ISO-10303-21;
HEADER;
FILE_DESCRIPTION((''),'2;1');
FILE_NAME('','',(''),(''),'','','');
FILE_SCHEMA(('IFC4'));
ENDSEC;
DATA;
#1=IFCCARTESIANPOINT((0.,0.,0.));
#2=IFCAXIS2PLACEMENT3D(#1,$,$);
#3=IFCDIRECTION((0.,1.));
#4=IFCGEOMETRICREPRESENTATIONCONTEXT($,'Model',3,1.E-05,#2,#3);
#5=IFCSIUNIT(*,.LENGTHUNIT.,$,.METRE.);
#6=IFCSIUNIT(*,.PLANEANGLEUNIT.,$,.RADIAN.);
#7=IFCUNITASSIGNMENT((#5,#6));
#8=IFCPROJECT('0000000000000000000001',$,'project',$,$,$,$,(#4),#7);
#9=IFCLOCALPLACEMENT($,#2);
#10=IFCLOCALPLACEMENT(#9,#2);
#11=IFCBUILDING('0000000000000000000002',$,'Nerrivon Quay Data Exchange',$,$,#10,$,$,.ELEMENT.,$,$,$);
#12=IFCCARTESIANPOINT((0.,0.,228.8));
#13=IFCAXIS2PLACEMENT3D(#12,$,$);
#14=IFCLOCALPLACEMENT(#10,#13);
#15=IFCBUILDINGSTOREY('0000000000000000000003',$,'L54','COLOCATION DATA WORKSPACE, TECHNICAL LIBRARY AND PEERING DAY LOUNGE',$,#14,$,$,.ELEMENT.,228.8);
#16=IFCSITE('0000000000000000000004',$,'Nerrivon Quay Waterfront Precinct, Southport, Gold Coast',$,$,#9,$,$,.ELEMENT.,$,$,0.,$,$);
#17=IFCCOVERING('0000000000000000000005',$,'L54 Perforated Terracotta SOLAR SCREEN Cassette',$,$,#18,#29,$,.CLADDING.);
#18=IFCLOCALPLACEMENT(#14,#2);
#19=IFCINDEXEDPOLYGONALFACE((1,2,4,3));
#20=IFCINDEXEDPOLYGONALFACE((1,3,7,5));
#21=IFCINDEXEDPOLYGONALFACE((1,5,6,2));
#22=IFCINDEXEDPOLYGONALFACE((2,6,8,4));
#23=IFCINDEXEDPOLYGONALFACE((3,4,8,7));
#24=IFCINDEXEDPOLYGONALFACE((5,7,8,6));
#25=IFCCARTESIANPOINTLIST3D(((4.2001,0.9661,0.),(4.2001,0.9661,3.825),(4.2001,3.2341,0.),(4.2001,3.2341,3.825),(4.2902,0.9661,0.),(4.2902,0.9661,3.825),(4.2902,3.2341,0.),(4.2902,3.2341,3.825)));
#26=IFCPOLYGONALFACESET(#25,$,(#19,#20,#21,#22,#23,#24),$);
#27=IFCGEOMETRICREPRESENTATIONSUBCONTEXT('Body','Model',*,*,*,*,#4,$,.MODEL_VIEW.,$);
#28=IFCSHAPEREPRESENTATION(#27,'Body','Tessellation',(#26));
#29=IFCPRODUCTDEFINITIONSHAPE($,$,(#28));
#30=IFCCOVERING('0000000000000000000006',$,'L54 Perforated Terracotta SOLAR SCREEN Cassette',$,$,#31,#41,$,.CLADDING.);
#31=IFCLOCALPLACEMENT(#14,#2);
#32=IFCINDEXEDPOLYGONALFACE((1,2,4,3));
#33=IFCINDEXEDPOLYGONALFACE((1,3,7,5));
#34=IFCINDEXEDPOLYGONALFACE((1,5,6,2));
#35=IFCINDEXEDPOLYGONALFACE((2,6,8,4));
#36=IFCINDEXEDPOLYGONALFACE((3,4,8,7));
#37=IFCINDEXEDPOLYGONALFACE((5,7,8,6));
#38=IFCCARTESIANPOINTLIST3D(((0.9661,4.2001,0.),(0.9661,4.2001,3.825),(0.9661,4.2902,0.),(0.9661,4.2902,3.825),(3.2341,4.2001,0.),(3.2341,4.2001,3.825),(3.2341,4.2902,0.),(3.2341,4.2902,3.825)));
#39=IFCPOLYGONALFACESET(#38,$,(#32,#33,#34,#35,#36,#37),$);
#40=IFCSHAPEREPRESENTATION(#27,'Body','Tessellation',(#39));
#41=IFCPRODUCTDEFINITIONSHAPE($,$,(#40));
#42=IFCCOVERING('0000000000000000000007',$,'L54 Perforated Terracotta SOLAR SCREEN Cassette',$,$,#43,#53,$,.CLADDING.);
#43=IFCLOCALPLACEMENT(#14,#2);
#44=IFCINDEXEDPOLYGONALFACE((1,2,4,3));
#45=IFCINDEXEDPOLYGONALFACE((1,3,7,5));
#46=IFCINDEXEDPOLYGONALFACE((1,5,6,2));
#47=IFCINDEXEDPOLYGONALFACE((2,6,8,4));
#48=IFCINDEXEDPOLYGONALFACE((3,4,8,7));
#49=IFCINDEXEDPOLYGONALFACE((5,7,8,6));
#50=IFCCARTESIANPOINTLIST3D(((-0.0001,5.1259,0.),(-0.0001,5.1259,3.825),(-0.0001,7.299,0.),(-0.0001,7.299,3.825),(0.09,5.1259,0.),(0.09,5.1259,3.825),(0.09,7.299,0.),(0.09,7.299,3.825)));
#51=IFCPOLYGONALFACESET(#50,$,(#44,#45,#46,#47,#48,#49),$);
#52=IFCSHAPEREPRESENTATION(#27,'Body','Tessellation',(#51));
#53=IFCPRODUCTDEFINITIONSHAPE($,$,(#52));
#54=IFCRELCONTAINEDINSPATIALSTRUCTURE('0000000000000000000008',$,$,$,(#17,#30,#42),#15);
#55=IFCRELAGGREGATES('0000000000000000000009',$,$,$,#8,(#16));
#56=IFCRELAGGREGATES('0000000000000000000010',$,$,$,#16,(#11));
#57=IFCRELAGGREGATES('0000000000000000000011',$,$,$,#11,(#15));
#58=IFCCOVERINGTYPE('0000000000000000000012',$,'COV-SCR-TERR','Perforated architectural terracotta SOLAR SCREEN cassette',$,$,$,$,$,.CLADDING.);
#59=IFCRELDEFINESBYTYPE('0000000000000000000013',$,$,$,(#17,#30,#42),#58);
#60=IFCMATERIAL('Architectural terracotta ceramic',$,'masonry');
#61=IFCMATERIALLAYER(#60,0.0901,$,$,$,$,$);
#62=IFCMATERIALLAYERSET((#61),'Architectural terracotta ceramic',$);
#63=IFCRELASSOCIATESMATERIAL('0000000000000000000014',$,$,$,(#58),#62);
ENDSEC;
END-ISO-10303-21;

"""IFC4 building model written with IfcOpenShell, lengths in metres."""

from ifc_helpers import new_model, si_unit, direction, frame, origin, origin_2d, place, context, subcontext, project, spatial, rectangle, extrude, material, layer, layer_set, type_object, element, save


model = new_model("IFC4")

# Units and contexts
model_context = context("Model", 3, precision=1e-05, world=origin(), true_north=direction((0.0, 1.0)))
body_context = subcontext(model_context, "Body", "Model", "MODEL_VIEW")
ifc_project = project(units=[si_unit("LENGTHUNIT", "METRE"), si_unit("PLANEANGLEUNIT", "RADIAN")], contexts=[model_context])

# Site, building, storey
site_placement = place(None, origin())
site = spatial("IfcSite", under=ifc_project, at=site_placement, Name="Nerrivon Quay Waterfront Precinct, Southport, Gold Coast", CompositionType="ELEMENT", RefElevation=0.0)
building_placement = place(site_placement, origin())
building = spatial("IfcBuilding", under=site, at=building_placement, Name="Nerrivon Quay Data Exchange", CompositionType="ELEMENT")
storey_placement = place(building_placement, frame((0.0, 0.0, 228.8)))
storey = spatial("IfcBuildingStorey", under=building, at=storey_placement, Name="L54", Description="COLOCATION DATA WORKSPACE, TECHNICAL LIBRARY AND PEERING DAY LOUNGE", CompositionType="ELEMENT", Elevation=228.8)

# Coverings
ifc_material_1 = material(Name="Architectural terracotta ceramic", Category="masonry")
ifc_layer_1 = layer(ifc_material_1, 0.0901)
ifc_layer_set_1 = layer_set([ifc_layer_1], Name="Architectural terracotta ceramic")
covering_type = type_object("IfcCoveringType", Name="COV-SCR-TERR", Description="Perforated architectural terracotta SOLAR SCREEN cassette", PredefinedType="CLADDING", material=ifc_layer_set_1)
for number, where, z_axis, x_axis, name in (
    (1, (4.2451, 2.1001, 0.0), (0.0, 0.0, 1.0), (0.0, 1.0, 0.0), "L54 Perforated Terracotta SOLAR SCREEN Cassette"),
    (2, (2.1001, 4.2451, 0.0), (0.0, 0.0, 1.0), (-1.0, 0.0, 0.0), "L54 Perforated Terracotta SOLAR SCREEN Cassette"),
):
    element("IfcCovering", number, at=place(storey_placement, frame(where, z_axis=z_axis, x_axis=x_axis)), inside=storey, type_object=covering_type, Name=name, PredefinedType="CLADDING", context=body_context, shape_type="SweptSolid", body=[
        extrude(rectangle(XDim=2.2681, YDim=0.0901, at=origin_2d()), origin(), (0.0, 0.0, 1.0), 3.825),
    ])
covering_placement = place(storey_placement, frame((0.0449, 6.2124, 0.0), z_axis=(0.0, 0.0, 1.0), x_axis=(0.0, 1.0, 0.0)))
element("IfcCovering", 3, at=covering_placement, inside=storey, type_object=covering_type, Name="L54 Perforated Terracotta SOLAR SCREEN Cassette", PredefinedType="CLADDING", context=body_context, shape_type="SweptSolid", body=[
    extrude(rectangle(XDim=2.1731, YDim=0.0901, at=origin_2d()), origin(), (0.0, 0.0, 1.0), 3.825),
])

save(model, "model.ifc")
